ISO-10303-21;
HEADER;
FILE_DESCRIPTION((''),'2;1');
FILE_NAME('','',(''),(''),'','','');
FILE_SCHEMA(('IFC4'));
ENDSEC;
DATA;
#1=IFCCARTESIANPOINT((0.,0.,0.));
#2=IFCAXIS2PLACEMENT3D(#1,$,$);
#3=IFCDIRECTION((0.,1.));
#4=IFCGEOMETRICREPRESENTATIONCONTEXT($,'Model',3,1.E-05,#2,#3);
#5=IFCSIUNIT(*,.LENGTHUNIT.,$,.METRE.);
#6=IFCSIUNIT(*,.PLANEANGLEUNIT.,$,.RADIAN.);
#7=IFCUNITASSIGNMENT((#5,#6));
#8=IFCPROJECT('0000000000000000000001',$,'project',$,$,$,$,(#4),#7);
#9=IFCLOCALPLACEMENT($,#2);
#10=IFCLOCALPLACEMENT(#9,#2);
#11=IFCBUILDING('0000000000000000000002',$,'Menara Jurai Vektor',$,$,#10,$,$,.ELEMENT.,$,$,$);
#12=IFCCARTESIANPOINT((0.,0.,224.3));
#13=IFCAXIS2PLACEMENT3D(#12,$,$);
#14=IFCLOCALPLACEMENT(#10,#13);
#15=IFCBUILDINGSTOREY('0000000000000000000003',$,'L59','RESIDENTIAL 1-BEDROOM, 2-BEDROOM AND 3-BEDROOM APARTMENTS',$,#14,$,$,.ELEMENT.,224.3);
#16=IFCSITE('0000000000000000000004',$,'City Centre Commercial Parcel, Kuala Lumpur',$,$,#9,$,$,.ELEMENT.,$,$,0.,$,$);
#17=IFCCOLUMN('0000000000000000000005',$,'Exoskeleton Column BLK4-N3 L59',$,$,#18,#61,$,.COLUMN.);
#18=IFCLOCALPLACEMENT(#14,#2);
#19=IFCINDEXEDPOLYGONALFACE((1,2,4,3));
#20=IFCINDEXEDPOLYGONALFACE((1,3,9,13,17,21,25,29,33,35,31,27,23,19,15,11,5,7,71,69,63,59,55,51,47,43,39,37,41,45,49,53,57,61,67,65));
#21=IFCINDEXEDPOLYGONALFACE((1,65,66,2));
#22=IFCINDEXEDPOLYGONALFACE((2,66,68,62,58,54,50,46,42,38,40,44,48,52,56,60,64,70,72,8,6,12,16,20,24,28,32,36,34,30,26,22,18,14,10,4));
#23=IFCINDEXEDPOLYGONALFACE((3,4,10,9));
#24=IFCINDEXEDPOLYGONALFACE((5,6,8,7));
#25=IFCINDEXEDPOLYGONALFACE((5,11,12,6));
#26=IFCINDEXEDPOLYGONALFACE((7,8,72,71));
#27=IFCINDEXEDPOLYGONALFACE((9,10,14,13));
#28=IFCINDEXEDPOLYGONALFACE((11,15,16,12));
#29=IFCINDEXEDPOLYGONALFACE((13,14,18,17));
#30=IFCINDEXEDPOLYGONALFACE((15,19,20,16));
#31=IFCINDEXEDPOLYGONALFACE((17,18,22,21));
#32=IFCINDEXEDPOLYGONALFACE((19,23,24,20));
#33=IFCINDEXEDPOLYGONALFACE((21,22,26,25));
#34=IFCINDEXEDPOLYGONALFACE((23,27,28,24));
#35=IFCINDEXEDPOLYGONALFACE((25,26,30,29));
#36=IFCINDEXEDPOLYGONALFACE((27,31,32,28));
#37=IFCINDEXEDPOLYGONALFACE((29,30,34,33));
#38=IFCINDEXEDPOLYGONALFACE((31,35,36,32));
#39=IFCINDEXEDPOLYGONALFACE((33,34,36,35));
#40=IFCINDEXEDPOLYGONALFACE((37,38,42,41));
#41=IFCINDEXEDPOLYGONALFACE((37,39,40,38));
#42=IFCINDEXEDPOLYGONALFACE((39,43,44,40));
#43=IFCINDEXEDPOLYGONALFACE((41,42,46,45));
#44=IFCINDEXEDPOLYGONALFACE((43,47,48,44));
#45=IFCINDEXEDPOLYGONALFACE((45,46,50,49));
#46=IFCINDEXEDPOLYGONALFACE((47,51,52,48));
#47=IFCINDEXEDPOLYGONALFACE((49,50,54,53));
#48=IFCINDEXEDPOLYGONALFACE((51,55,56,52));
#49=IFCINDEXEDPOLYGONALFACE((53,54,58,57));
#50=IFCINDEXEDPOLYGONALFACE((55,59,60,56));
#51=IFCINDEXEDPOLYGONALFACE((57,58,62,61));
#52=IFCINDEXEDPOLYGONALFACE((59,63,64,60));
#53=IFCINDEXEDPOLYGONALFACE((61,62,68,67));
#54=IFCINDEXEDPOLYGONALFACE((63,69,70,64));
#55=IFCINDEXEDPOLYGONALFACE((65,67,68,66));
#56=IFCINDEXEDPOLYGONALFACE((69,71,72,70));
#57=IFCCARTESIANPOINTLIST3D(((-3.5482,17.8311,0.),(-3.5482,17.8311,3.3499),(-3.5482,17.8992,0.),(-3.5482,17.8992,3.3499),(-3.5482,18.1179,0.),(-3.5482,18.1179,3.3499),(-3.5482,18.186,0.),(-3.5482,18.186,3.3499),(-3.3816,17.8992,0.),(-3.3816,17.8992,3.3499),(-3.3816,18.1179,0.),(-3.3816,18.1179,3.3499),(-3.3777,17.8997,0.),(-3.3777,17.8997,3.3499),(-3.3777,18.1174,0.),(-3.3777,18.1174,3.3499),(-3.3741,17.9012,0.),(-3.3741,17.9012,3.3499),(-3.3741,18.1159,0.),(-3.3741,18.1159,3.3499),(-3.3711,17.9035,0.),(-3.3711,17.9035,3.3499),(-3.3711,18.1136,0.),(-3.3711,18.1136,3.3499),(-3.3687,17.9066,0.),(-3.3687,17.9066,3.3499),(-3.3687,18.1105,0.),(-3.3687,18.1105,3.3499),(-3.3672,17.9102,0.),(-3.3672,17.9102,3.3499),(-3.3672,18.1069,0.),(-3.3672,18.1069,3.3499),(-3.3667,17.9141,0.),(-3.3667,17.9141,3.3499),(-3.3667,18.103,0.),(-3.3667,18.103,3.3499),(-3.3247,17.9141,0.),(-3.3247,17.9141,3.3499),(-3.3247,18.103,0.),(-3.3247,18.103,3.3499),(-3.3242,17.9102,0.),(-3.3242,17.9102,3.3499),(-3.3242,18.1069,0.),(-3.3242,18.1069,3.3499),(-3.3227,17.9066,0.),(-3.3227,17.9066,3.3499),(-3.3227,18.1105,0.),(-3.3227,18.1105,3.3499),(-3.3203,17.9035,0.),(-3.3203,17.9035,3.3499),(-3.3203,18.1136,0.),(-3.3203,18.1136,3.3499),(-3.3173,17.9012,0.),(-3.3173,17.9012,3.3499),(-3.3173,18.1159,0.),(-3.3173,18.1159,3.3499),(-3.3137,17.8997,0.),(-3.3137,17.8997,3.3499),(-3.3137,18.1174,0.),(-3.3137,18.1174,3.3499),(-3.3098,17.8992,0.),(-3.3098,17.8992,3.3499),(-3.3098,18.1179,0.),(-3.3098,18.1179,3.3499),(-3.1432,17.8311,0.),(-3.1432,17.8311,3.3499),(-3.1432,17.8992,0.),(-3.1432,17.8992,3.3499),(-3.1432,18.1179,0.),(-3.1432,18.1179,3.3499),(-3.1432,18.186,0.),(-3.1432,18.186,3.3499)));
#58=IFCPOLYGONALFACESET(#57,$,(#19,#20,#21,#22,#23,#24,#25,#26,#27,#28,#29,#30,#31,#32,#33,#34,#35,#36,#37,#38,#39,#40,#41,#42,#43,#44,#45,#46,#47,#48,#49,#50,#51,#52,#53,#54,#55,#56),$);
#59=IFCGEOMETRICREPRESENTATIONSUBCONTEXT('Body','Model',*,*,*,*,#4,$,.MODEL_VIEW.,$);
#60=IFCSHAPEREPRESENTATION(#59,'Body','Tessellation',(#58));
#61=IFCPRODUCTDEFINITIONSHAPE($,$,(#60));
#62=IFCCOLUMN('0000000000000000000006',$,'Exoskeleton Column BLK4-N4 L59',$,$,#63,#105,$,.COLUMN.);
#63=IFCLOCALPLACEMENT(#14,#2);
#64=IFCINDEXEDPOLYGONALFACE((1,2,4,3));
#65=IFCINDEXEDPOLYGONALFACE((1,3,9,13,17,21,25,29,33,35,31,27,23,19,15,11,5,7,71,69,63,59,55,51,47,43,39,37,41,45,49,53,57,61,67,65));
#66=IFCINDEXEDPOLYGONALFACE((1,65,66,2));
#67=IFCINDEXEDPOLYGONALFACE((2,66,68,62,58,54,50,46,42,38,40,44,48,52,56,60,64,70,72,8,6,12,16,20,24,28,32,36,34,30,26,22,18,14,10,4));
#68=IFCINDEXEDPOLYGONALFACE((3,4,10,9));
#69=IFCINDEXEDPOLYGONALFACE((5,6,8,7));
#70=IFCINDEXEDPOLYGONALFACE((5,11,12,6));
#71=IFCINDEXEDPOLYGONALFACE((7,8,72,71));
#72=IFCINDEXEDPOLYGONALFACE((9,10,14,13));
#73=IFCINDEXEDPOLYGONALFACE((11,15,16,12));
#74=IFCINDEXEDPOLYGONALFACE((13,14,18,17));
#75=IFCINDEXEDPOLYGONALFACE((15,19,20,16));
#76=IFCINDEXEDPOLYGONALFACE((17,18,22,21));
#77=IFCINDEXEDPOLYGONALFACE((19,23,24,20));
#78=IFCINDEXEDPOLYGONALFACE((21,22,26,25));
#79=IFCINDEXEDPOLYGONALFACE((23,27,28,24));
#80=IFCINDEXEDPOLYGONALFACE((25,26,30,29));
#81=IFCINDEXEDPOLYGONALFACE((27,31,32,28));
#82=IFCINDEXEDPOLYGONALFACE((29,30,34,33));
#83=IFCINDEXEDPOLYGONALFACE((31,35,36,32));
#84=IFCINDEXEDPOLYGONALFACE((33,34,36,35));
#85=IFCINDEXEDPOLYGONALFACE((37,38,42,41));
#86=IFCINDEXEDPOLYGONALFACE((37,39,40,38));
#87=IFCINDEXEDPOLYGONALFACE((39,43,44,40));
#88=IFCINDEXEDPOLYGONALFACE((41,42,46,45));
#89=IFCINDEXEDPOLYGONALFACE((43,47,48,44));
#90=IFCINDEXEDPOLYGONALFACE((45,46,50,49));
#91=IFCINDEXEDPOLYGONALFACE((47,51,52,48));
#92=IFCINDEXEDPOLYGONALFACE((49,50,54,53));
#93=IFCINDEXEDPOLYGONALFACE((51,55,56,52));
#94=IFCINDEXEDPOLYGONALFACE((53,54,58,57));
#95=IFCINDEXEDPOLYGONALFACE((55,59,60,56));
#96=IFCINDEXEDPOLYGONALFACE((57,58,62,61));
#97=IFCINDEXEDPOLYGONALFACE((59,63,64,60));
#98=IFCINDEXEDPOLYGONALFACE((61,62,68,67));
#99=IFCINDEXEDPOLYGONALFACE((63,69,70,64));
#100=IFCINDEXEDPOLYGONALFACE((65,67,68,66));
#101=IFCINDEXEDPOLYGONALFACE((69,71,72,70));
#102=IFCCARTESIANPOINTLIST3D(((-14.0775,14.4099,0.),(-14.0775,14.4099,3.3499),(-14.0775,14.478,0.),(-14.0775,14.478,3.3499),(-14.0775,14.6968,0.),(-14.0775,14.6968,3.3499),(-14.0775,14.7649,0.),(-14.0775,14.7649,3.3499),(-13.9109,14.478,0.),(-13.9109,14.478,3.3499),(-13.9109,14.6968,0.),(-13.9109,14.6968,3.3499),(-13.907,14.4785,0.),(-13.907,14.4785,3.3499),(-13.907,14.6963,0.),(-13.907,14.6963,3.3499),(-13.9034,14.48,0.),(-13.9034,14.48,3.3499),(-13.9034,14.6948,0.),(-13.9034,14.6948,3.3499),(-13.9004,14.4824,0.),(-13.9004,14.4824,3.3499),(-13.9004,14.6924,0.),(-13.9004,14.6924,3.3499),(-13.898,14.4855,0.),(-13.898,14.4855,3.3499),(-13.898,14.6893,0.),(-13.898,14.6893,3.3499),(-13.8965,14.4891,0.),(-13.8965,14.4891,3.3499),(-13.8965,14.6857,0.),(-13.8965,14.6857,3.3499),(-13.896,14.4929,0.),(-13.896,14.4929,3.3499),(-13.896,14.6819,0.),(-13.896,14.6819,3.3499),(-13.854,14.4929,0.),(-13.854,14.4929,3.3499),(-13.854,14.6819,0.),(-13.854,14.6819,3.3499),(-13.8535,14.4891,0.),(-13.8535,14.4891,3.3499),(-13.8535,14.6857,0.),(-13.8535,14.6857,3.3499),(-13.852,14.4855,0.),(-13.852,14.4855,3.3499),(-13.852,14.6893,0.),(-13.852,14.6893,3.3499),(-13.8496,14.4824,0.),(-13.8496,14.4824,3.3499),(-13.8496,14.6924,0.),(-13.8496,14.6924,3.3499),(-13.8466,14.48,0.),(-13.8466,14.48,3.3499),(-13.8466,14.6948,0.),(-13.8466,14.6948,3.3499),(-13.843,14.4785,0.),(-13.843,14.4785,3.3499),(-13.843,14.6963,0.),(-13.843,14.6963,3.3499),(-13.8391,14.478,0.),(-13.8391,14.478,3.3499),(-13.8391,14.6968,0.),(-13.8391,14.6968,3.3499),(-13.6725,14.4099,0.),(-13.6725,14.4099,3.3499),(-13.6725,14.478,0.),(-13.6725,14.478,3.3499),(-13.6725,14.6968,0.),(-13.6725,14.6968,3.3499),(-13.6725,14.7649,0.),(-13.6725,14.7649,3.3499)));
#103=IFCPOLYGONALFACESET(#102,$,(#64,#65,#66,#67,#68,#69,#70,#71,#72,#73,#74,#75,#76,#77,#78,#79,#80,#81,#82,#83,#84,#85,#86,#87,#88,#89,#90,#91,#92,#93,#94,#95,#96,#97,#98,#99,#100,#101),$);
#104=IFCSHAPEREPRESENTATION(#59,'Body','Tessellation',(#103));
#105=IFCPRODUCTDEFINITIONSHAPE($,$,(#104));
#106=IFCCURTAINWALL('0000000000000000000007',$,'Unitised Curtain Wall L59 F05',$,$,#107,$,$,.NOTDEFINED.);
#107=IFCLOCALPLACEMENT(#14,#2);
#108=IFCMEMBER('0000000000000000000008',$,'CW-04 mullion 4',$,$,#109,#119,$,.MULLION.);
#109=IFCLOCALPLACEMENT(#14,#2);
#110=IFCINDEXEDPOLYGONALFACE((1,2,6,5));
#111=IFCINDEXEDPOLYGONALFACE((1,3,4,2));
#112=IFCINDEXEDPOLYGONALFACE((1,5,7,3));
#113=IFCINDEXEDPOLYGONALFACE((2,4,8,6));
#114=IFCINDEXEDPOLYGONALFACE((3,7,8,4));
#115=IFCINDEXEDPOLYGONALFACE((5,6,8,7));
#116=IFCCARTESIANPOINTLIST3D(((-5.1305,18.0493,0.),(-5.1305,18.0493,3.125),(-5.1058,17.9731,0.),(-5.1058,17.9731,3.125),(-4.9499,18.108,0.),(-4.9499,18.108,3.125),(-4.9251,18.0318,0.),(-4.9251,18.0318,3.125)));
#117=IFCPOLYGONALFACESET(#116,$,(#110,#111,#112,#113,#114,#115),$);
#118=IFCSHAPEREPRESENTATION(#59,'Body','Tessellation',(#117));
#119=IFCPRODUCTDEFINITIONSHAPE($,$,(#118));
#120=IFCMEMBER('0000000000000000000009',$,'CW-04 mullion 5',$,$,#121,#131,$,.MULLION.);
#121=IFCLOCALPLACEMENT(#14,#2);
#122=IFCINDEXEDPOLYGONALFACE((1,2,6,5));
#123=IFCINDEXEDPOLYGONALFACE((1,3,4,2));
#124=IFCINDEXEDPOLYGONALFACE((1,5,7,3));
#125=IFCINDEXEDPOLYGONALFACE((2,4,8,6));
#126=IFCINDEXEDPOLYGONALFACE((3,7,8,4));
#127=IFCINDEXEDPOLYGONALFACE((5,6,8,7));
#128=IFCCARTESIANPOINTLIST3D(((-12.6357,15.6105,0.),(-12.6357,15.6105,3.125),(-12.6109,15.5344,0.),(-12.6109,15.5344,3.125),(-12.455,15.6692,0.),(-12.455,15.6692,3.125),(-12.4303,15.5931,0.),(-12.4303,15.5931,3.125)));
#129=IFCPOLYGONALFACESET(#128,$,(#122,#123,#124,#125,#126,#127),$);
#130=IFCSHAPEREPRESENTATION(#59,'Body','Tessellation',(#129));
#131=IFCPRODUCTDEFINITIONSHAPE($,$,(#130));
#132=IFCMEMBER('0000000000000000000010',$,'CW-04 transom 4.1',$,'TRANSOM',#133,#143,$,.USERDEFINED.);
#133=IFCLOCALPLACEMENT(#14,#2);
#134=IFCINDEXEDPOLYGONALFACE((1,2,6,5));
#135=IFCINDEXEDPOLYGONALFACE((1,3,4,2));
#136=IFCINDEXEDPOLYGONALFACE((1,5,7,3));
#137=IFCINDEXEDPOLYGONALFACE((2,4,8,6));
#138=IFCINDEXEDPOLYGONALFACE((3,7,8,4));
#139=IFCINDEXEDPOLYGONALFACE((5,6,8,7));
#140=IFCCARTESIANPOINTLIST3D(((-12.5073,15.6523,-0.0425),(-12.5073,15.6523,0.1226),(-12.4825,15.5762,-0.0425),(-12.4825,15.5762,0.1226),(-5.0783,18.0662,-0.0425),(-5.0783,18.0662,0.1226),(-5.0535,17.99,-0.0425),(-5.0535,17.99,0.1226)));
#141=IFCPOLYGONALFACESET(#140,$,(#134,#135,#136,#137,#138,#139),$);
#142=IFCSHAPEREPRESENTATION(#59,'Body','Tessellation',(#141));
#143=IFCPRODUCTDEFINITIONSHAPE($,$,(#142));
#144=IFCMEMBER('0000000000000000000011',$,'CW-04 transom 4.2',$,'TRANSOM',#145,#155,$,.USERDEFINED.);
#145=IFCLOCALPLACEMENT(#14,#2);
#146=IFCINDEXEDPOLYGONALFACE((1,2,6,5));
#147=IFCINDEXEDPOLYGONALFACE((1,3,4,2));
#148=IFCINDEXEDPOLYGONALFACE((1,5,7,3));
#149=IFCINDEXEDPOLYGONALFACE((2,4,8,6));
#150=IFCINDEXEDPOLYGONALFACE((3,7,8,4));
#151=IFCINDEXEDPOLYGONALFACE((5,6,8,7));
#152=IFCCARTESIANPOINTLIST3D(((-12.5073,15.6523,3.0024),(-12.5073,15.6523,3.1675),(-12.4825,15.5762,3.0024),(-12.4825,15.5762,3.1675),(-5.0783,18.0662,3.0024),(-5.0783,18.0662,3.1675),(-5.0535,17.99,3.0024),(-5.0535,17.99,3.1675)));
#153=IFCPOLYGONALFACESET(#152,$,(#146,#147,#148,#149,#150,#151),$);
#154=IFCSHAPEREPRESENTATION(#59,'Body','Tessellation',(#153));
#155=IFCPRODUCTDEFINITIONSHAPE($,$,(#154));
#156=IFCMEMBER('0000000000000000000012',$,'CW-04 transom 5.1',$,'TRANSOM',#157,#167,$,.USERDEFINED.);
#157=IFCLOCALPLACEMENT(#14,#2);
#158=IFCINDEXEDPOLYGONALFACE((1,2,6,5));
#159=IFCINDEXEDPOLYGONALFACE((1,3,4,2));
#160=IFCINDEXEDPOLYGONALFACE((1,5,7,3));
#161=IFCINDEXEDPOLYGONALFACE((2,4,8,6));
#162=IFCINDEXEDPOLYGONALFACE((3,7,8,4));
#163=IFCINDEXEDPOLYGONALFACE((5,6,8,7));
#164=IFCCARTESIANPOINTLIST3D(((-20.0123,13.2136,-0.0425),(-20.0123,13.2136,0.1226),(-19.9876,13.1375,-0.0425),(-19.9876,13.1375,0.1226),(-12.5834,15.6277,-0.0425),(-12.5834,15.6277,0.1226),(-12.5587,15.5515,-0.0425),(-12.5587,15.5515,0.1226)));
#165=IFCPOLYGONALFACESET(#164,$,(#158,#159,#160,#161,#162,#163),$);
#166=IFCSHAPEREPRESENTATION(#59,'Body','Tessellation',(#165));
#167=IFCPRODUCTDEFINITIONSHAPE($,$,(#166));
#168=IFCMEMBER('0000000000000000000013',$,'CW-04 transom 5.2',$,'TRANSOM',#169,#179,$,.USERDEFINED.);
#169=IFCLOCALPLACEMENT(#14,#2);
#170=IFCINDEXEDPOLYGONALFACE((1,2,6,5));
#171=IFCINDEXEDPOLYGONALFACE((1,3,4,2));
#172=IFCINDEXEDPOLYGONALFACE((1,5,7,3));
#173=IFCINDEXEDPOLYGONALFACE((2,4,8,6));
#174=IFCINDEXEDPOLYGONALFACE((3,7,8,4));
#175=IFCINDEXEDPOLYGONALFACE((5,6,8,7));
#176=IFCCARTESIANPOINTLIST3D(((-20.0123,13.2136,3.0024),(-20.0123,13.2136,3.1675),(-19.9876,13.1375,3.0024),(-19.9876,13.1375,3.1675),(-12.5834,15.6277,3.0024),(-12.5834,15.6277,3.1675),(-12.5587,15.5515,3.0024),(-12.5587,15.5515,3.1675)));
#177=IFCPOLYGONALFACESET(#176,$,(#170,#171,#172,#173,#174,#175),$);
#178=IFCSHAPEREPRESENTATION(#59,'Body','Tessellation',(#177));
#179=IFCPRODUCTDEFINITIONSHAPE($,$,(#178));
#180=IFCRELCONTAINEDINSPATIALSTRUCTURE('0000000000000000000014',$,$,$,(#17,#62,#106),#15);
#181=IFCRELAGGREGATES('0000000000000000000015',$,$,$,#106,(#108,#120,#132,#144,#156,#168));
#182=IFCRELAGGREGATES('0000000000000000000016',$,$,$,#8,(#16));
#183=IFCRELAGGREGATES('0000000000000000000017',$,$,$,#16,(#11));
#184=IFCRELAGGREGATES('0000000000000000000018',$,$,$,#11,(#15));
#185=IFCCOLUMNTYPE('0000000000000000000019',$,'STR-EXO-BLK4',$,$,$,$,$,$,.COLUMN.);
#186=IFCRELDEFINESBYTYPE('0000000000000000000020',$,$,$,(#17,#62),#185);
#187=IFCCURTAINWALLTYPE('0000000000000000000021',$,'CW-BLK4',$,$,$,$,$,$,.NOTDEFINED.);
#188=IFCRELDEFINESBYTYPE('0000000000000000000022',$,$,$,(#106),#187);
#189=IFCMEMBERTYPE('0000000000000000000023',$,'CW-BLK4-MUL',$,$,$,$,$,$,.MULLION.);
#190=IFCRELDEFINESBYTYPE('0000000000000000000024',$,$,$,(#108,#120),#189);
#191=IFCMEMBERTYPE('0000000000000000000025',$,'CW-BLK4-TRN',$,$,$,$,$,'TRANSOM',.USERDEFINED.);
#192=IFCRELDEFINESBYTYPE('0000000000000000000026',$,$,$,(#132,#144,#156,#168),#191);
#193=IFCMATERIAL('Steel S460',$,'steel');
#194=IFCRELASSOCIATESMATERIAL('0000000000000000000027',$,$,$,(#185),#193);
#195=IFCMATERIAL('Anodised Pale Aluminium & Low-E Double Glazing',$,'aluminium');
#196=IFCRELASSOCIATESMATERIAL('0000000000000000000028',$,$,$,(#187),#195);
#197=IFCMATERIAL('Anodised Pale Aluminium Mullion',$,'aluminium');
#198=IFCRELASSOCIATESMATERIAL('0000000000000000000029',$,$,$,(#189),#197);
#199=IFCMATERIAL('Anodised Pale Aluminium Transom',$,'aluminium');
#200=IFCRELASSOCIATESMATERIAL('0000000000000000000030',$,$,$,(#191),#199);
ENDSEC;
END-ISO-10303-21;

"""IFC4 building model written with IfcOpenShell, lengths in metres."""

from ifc_helpers import new_model, si_unit, direction, frame, origin, origin_2d, place, context, subcontext, project, spatial, rectangle, i_section, extrude, material, material_profile, profile_set, type_object, element, aggregate, save


model = new_model("IFC4")

# Units and contexts
model_context = context("Model", 3, precision=1e-05, world=origin(), true_north=direction((0.0, 1.0)))
body_context = subcontext(model_context, "Body", "Model", "MODEL_VIEW")
ifc_project = project(units=[si_unit("LENGTHUNIT", "METRE"), si_unit("PLANEANGLEUNIT", "RADIAN")], contexts=[model_context])

# Site, building, storey
site_placement = place(None, origin())
site = spatial("IfcSite", under=ifc_project, at=site_placement, Name="City Centre Commercial Parcel, Kuala Lumpur", CompositionType="ELEMENT", RefElevation=0.0)
building_placement = place(site_placement, origin())
building = spatial("IfcBuilding", under=site, at=building_placement, Name="Menara Jurai Vektor", CompositionType="ELEMENT")
storey_placement = place(building_placement, frame((0.0, 0.0, 224.3)))
storey = spatial("IfcBuildingStorey", under=building, at=storey_placement, Name="L59", Description="RESIDENTIAL 1-BEDROOM, 2-BEDROOM AND 3-BEDROOM APARTMENTS", CompositionType="ELEMENT", Elevation=224.3)

# Columns
ifc_material_1 = material(Name="Steel S460", Category="steel")
ifc_material_profile_1 = material_profile(ifc_material_1, i_section(OverallWidth=0.405, OverallDepth=0.355, WebThickness=0.042, FlangeThickness=0.0681, FilletRadius=0.0149, at=origin_2d()), Name="HD 400x551")
ifc_profile_set_1 = profile_set([ifc_material_profile_1], Name="Steel S460")
column_type = type_object("IfcColumnType", Name="STR-EXO-BLK4", PredefinedType="COLUMN", material=ifc_profile_set_1)
for number, where, z_axis, x_axis, name in (
    (1, (-3.3457, 18.0085, 0.0), (0.0, 0.0, 1.0), (1.0, 0.0, 0.0), "Exoskeleton Column BLK4-N3 L59"),
    (2, (-13.875, 14.5874, 0.0), (0.0, 0.0, 1.0), (1.0, 0.0, 0.0), "Exoskeleton Column BLK4-N4 L59"),
):
    element("IfcColumn", number, at=place(storey_placement, frame(where, z_axis=z_axis, x_axis=x_axis)), inside=storey, type_object=column_type, Name=name, PredefinedType="COLUMN", context=body_context, shape_type="SweptSolid", body=[
        extrude(i_section(OverallWidth=0.405, OverallDepth=0.355, WebThickness=0.042, FlangeThickness=0.0681, FilletRadius=0.0149, at=origin_2d()), origin(), (0.0, 0.0, 1.0), 3.3499),
    ])

# Curtain wall, members
ifc_material_2 = material(Name="Anodised Pale Aluminium & Low-E Double Glazing", Category="aluminium")
curtain_wall_type = type_object("IfcCurtainWallType", Name="CW-BLK4", PredefinedType="NOTDEFINED", material=ifc_material_2)
curtain_wall_placement = place(storey_placement, origin())
curtain_wall = element("IfcCurtainWall", 3, at=curtain_wall_placement, inside=storey, type_object=curtain_wall_type, Name="Unitised Curtain Wall L59 F05", PredefinedType="NOTDEFINED")
ifc_material_3 = material(Name="Anodised Pale Aluminium Mullion", Category="aluminium")
ifc_material_profile_2 = material_profile(ifc_material_3, rectangle(XDim=0.0801, YDim=0.1899, at=origin_2d()), Name="ALU MUL 80x190")
ifc_profile_set_2 = profile_set([ifc_material_profile_2], Name="Anodised Pale Aluminium Mullion")
member_type_1 = type_object("IfcMemberType", Name="CW-BLK4-MUL", PredefinedType="MULLION", material=ifc_profile_set_2)
member_1_placement = place(storey_placement, frame((-5.0278, 18.0405, 0.0), z_axis=(0.0, 0.0, 1.0), x_axis=(0.309017, -0.951056, 0.0)))
member_1 = element("IfcMember", 4, at=member_1_placement, type_object=member_type_1, Name="CW-04 mullion 4", PredefinedType="MULLION", context=body_context, shape_type="SweptSolid", body=[
    extrude(rectangle(XDim=0.0801, YDim=0.1899, at=origin_2d()), origin(), (0.0, 0.0, 1.0), 3.125),
])
member_2_placement = place(storey_placement, frame((-12.533, 15.6018, 0.0), z_axis=(0.0, 0.0, 1.0), x_axis=(0.309017, -0.951056, 0.0)))
member_2 = element("IfcMember", 5, at=member_2_placement, type_object=member_type_1, Name="CW-04 mullion 5", PredefinedType="MULLION", context=body_context, shape_type="SweptSolid", body=[
    extrude(rectangle(XDim=0.0801, YDim=0.1899, at=origin_2d()), origin(), (0.0, 0.0, 1.0), 3.125),
])
ifc_material_4 = material(Name="Anodised Pale Aluminium Transom", Category="aluminium")
ifc_material_profile_3 = material_profile(ifc_material_4, rectangle(XDim=0.0801, YDim=0.165, at=origin_2d()), Name="ALU TRN 80x165")
ifc_profile_set_3 = profile_set([ifc_material_profile_3], Name="Anodised Pale Aluminium Transom")
member_type_2 = type_object("IfcMemberType", Name="CW-BLK4-TRN", ElementType="TRANSOM", PredefinedType="USERDEFINED", material=ifc_profile_set_3)
member_3_placement = place(storey_placement, frame((-5.0659, 18.0281, 0.04), z_axis=(-0.951056, -0.309018, 0.0), x_axis=(0.309018, -0.951056, 0.0)))
member_3 = element("IfcMember", 6, at=member_3_placement, type_object=member_type_2, Name="CW-04 transom 4.1", ObjectType="TRANSOM", PredefinedType="USERDEFINED", context=body_context, shape_type="SweptSolid", body=[
    extrude(rectangle(XDim=0.0801, YDim=0.165, at=origin_2d()), origin(), (0.0, 0.0, 1.0), 7.8113),
])
member_4_placement = place(storey_placement, frame((-5.0659, 18.0281, 3.085), z_axis=(-0.951056, -0.309018, 0.0), x_axis=(0.309018, -0.951056, 0.0)))
member_4 = element("IfcMember", 7, at=member_4_placement, type_object=member_type_2, Name="CW-04 transom 4.2", ObjectType="TRANSOM", PredefinedType="USERDEFINED", context=body_context, shape_type="SweptSolid", body=[
    extrude(rectangle(XDim=0.0801, YDim=0.165, at=origin_2d()), origin(), (0.0, 0.0, 1.0), 7.8113),
])
member_5_placement = place(storey_placement, frame((-12.571, 15.5896, 0.04), z_axis=(-0.951047, -0.309046, 0.0), x_axis=(0.309046, -0.951047, 0.0)))
member_5 = element("IfcMember", 8, at=member_5_placement, type_object=member_type_2, Name="CW-04 transom 5.1", ObjectType="TRANSOM", PredefinedType="USERDEFINED", context=body_context, shape_type="SweptSolid", body=[
    extrude(rectangle(XDim=0.0801, YDim=0.165, at=origin_2d()), origin(), (0.0, 0.0, 1.0), 7.8113),
])
member_6_placement = place(storey_placement, frame((-12.571, 15.5896, 3.085), z_axis=(-0.951047, -0.309046, 0.0), x_axis=(0.309046, -0.951047, 0.0)))
member_6 = element("IfcMember", 9, at=member_6_placement, type_object=member_type_2, Name="CW-04 transom 5.2", ObjectType="TRANSOM", PredefinedType="USERDEFINED", context=body_context, shape_type="SweptSolid", body=[
    extrude(rectangle(XDim=0.0801, YDim=0.165, at=origin_2d()), origin(), (0.0, 0.0, 1.0), 7.8113),
])

aggregate(curtain_wall, [member_1, member_2, member_3, member_4, member_5, member_6])

save(model, "model.ifc")
